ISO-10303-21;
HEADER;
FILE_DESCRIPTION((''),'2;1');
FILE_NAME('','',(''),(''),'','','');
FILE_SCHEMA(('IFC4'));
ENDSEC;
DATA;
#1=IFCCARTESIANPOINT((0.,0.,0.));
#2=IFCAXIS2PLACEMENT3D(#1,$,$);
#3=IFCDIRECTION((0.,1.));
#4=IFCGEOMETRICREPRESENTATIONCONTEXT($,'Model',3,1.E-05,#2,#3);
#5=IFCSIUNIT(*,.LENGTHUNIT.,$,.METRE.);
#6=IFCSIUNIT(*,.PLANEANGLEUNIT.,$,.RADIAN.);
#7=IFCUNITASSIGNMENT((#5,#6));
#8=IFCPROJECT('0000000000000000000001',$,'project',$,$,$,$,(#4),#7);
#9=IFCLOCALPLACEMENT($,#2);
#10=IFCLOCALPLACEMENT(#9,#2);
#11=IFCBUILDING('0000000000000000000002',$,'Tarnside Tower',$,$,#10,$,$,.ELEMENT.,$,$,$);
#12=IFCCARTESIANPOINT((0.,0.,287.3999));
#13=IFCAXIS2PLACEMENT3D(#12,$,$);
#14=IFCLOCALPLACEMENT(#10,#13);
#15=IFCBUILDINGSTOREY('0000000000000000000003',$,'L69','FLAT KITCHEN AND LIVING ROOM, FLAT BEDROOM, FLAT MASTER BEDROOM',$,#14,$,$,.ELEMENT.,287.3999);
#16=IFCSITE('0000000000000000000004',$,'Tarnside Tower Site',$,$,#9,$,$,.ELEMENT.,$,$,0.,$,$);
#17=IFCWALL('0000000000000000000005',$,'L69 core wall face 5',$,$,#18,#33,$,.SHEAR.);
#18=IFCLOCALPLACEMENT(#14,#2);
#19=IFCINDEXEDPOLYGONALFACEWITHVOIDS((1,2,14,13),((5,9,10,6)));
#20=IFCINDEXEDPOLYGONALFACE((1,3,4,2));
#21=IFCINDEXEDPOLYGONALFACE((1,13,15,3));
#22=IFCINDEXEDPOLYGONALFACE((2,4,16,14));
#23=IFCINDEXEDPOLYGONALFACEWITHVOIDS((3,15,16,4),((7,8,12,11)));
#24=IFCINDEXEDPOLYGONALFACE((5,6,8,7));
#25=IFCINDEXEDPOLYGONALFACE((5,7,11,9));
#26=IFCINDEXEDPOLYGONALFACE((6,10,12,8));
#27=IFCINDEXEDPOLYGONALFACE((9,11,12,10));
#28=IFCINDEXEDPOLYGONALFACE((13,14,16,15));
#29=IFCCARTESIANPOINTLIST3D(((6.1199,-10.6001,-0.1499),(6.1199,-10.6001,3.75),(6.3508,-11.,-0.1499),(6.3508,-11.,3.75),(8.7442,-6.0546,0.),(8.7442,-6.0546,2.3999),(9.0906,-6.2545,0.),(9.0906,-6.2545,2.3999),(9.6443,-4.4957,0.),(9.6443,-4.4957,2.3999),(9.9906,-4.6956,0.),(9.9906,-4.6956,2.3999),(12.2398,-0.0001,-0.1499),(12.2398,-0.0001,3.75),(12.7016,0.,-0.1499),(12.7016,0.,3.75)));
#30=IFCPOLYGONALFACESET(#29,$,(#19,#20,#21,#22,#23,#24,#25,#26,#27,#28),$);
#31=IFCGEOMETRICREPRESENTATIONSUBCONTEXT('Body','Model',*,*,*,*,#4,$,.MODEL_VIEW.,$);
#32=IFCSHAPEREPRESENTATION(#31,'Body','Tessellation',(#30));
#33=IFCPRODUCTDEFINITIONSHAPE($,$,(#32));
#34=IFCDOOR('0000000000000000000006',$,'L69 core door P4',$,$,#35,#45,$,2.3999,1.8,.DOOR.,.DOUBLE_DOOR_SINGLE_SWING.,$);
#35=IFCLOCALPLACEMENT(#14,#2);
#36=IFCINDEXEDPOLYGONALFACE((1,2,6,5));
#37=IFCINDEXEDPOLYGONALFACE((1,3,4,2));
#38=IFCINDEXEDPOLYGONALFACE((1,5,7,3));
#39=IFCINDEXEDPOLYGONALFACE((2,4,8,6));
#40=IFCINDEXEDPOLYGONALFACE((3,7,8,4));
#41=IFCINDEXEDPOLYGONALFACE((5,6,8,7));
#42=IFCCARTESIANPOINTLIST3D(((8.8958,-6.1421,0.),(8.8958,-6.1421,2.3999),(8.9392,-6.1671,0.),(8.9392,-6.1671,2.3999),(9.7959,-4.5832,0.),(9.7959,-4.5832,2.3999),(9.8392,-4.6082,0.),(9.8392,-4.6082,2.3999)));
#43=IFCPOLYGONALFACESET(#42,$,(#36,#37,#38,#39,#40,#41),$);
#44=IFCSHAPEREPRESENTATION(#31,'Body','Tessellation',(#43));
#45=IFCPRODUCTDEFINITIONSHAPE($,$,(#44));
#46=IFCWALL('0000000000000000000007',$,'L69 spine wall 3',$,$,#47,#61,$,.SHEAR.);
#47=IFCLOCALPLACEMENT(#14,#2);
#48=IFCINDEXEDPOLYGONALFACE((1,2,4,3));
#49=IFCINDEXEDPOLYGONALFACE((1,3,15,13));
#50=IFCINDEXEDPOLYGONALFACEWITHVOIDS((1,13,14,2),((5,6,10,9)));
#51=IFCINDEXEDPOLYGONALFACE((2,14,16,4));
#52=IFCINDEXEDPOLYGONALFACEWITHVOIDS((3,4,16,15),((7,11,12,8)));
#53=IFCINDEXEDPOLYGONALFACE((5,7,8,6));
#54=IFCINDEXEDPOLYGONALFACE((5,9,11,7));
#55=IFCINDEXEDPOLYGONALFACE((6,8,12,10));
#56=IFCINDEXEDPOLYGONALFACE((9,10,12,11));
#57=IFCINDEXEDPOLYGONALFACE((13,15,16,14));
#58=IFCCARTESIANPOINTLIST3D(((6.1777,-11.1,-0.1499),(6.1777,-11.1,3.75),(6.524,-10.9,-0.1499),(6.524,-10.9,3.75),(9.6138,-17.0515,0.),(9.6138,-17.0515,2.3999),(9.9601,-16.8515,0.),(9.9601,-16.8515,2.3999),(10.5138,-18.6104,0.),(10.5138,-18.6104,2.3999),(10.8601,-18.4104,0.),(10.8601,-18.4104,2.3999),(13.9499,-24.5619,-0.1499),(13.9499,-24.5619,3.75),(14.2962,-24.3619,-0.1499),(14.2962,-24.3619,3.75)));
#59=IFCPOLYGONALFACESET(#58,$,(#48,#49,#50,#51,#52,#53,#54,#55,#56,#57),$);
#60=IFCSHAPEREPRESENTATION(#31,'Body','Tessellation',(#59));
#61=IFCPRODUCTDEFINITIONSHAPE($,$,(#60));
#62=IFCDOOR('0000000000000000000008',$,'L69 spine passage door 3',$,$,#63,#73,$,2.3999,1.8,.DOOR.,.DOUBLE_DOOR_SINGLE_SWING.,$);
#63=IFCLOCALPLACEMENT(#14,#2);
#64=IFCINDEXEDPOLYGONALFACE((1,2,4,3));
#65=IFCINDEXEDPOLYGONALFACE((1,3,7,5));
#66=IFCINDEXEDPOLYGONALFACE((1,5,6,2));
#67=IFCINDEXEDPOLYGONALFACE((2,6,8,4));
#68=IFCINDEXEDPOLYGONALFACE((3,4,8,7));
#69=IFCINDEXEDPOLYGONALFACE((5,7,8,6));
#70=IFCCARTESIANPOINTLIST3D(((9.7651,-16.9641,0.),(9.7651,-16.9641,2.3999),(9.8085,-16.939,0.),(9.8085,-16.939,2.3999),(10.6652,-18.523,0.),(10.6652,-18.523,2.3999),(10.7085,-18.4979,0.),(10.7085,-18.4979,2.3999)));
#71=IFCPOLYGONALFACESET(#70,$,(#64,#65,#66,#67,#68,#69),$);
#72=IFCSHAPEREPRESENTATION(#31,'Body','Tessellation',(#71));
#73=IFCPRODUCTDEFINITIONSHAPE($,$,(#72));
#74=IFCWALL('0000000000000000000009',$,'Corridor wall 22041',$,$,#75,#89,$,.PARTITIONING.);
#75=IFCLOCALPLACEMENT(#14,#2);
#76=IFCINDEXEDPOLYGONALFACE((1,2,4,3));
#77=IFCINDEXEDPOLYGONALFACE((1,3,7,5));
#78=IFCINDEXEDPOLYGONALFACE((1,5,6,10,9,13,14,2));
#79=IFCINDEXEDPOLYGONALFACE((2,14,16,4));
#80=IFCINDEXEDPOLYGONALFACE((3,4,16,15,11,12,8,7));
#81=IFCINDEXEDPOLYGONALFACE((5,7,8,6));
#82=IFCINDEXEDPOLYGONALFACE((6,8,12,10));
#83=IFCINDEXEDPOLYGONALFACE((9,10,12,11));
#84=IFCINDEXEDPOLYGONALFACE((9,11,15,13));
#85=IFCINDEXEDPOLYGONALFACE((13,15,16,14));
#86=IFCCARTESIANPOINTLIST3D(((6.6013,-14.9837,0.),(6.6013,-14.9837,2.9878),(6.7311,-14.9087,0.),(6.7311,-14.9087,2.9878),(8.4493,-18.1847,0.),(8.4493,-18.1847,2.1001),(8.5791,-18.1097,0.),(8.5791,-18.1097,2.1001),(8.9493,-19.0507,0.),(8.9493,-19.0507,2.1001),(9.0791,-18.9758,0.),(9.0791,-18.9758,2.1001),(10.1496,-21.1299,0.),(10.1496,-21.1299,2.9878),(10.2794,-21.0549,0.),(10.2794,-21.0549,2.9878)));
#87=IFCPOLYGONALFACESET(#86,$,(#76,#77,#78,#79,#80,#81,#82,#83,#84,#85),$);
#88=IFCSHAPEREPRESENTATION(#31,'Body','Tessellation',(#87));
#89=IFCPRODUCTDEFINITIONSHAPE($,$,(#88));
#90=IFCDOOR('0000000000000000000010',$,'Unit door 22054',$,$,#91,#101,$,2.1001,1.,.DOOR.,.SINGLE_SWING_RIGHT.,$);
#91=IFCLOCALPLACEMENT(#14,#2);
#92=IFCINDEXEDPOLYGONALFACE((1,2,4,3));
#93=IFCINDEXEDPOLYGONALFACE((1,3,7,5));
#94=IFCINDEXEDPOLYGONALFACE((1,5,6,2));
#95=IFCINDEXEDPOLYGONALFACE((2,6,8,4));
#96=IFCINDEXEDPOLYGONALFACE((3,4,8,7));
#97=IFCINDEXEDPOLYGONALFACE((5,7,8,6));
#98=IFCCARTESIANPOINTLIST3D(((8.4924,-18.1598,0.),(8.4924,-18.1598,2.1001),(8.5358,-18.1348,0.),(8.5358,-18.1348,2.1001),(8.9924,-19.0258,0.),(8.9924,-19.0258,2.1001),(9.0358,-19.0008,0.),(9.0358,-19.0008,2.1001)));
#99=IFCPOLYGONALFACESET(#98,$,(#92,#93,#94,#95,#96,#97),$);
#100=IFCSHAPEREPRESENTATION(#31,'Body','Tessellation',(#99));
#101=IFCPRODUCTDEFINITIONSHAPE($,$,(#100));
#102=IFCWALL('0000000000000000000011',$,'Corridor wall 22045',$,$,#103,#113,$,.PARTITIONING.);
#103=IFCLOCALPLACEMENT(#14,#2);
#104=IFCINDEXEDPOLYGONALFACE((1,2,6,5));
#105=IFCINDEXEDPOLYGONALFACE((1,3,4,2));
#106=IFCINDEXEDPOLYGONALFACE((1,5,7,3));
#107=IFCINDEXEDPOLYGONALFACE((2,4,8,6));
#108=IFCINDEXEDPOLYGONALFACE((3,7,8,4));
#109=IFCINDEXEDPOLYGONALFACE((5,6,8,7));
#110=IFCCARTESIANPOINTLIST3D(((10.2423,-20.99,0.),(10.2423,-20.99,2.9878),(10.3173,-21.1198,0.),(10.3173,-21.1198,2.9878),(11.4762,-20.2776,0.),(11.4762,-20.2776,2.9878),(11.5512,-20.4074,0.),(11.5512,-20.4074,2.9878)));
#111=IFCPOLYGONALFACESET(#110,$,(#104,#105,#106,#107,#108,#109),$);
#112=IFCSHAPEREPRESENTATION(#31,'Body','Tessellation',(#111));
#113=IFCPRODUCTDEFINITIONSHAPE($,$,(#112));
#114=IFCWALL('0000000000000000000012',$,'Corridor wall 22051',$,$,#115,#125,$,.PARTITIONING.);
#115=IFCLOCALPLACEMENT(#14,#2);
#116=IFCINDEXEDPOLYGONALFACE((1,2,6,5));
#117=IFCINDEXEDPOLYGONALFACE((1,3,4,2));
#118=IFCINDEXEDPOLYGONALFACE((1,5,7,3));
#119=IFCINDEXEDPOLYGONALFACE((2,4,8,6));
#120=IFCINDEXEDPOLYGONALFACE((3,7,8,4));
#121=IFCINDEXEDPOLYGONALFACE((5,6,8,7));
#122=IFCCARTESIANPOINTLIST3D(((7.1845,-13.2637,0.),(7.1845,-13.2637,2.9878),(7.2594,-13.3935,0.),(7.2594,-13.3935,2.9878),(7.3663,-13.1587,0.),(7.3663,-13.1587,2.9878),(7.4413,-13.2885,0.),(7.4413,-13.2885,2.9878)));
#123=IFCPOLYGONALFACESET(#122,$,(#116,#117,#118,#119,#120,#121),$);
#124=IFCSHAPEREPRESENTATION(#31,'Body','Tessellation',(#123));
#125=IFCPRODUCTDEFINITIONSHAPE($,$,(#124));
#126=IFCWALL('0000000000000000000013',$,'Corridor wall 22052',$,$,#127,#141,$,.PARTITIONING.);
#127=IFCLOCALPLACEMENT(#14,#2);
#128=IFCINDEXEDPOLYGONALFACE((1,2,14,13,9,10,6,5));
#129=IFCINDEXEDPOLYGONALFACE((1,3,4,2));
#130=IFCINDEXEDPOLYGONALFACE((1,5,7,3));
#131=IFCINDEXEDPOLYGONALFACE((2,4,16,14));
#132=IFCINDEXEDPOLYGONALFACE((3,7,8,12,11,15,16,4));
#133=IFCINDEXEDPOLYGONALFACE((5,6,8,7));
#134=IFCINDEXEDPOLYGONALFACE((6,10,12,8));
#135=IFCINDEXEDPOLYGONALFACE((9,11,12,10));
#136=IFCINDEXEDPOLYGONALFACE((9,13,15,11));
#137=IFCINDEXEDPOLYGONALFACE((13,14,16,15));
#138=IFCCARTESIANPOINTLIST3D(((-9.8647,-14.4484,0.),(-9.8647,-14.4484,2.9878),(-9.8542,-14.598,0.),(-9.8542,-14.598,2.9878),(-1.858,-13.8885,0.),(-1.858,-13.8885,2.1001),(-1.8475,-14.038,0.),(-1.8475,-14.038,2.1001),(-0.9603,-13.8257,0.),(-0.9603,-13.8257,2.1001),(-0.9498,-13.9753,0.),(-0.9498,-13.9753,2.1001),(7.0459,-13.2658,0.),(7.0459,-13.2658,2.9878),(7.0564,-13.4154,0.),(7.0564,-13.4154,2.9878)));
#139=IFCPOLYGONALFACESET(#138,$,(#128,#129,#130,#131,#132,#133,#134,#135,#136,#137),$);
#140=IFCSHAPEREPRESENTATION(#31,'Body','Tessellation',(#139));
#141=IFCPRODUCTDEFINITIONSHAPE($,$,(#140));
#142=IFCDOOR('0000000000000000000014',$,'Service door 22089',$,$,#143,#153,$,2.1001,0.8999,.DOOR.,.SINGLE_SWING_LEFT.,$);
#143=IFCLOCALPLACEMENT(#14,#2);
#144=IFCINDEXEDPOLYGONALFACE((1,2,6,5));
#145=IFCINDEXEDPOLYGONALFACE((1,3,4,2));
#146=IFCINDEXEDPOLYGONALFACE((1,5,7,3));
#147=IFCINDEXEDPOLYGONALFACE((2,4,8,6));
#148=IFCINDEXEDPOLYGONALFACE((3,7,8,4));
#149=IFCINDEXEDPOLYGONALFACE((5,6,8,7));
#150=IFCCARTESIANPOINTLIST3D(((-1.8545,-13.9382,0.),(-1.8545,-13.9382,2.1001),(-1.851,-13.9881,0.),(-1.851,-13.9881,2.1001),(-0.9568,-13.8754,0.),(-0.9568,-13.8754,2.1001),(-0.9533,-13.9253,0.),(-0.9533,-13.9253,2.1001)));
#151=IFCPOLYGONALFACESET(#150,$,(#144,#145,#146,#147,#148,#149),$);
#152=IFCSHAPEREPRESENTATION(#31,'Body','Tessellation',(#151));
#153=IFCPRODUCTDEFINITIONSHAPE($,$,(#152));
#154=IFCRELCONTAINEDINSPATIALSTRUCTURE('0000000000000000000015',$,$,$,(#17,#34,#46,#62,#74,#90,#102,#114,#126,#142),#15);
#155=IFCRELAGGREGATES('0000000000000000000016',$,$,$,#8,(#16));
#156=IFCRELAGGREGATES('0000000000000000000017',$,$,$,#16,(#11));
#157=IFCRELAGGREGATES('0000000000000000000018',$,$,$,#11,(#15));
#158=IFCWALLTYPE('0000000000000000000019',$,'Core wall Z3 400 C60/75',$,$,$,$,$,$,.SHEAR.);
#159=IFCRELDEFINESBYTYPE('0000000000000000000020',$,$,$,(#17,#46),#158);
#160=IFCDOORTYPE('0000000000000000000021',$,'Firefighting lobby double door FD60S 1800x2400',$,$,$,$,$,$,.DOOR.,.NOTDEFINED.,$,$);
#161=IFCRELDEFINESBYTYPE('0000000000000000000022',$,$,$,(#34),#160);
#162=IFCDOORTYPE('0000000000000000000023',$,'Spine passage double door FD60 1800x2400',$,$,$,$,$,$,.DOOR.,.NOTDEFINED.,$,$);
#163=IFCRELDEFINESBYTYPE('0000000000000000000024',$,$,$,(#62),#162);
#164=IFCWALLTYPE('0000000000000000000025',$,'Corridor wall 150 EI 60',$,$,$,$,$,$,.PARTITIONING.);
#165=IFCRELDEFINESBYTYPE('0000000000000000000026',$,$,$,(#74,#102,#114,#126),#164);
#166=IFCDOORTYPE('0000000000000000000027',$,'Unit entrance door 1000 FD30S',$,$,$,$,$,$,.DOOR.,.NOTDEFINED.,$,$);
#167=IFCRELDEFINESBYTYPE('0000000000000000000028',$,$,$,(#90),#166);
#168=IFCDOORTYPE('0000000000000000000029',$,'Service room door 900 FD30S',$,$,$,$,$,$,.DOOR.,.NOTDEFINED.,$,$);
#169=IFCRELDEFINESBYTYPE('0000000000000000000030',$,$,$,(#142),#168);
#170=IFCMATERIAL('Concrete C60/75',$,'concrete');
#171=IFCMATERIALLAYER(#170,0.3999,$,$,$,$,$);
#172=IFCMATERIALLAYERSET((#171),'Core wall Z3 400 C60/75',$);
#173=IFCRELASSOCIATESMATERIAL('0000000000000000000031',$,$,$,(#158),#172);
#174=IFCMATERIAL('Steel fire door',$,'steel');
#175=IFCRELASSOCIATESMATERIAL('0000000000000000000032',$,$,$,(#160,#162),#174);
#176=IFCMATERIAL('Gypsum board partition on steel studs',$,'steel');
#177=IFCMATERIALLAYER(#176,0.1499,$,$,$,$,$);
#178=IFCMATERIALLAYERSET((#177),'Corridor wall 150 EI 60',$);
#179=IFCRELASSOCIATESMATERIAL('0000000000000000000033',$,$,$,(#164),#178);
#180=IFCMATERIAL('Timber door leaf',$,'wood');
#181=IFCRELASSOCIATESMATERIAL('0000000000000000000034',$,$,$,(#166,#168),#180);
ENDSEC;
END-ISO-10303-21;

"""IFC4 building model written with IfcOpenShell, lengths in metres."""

from ifc_helpers import new_model, si_unit, direction, frame, frame_2d, origin, place, context, subcontext, project, spatial, polyline, rectangle, outline, extrude, material, layer, layer_set, type_object, element, fill, save


model = new_model("IFC4")

# Units and contexts
model_context = context("Model", 3, precision=1e-05, world=origin(), true_north=direction((0.0, 1.0)))
body_context = subcontext(model_context, "Body", "Model", "MODEL_VIEW")
ifc_project = project(units=[si_unit("LENGTHUNIT", "METRE"), si_unit("PLANEANGLEUNIT", "RADIAN")], contexts=[model_context])

# Site, building, storey
site_placement = place(None, origin())
site = spatial("IfcSite", under=ifc_project, at=site_placement, Name="Tarnside Tower Site", CompositionType="ELEMENT", RefElevation=0.0)
building_placement = place(site_placement, origin())
building = spatial("IfcBuilding", under=site, at=building_placement, Name="Tarnside Tower", CompositionType="ELEMENT")
storey_placement = place(building_placement, frame((0.0, 0.0, 287.3999)))
storey = spatial("IfcBuildingStorey", under=building, at=storey_placement, Name="L69", Description="FLAT KITCHEN AND LIVING ROOM, FLAT BEDROOM, FLAT MASTER BEDROOM", CompositionType="ELEMENT", Elevation=287.3999)

# Walls, openings, doors
ifc_material_1 = material(Name="Concrete C60/75", Category="concrete")
ifc_layer_1 = layer(ifc_material_1, 0.3999)
ifc_layer_set_1 = layer_set([ifc_layer_1], Name="Core wall Z3 400 C60/75")
wall_type_1 = type_object("IfcWallType", Name="Core wall Z3 400 C60/75", PredefinedType="SHEAR", material=ifc_layer_set_1)
wall_1_placement = place(storey_placement, frame((6.2354, -10.8, -0.1499), z_axis=(0.0, 0.0, 1.0), x_axis=(0.499996, 0.866027, 0.0)))
wall_1 = element("IfcWall", 1, at=wall_1_placement, inside=storey, type_object=wall_type_1, Name="L69 core wall face 5", PredefinedType="SHEAR", context=body_context, shape_type="SweptSolid", body=[
    extrude(outline(polyline([(-0.1155, -0.2), (12.5862, -0.2), (12.3552, 0.2), (0.1155, 0.2), (-0.1155, -0.2)])), origin(), (0.0, 0.0, 1.0), 3.8999),
])
opening_1_placement = place(wall_1_placement, frame((5.3643, 0.0, 0.1499)))
opening_1 = element("IfcOpeningElement", 2, at=opening_1_placement, cuts=wall_1, PredefinedType="OPENING", context=body_context, shape_type="SweptSolid", body=[
    extrude(rectangle(XDim=1.8, YDim=2.3999, at=frame_2d((0.8999, 1.2))), frame((0.0, 0.21, 0.0), z_axis=(0.0, -1.0, 0.0), x_axis=(1.0, 0.0, 0.0)), (0.0, 0.0, 1.0), 0.4199),
])
ifc_material_2 = material(Name="Steel fire door", Category="steel")
door_type_1 = type_object("IfcDoorType", Name="Firefighting lobby double door FD60S 1800x2400", OperationType="NOTDEFINED", PredefinedType="DOOR", material=ifc_material_2)
door_1_placement = place(opening_1_placement, origin())
door_1 = element("IfcDoor", 3, at=door_1_placement, inside=storey, type_object=door_type_1, Name="L69 core door P4", OperationType="DOUBLE_DOOR_SINGLE_SWING", OverallHeight=2.3999, OverallWidth=1.8, PredefinedType="DOOR", context=body_context, shape_type="SweptSolid", body=[
    extrude(rectangle(XDim=1.8, YDim=2.3999, at=frame_2d((0.8999, 1.2))), frame((0.0, 0.0249, 0.0), z_axis=(0.0, -1.0, 0.0), x_axis=(1.0, 0.0, 0.0)), (0.0, 0.0, 1.0), 0.05),
])
fill(opening_1, door_1)
wall_2_placement = place(storey_placement, frame((6.3508, -11.0, -0.1499), z_axis=(0.0, 0.0, 1.0), x_axis=(0.499999, -0.866026, 0.0)))
wall_2 = element("IfcWall", 4, at=wall_2_placement, inside=storey, type_object=wall_type_1, Name="L69 spine wall 3", PredefinedType="SHEAR", context=body_context, shape_type="SweptSolid", body=[
    extrude(rectangle(XDim=15.5444, YDim=0.3999, at=frame_2d((7.7722, 0.0))), origin(), (0.0, 0.0, 1.0), 3.8999),
])
opening_2_placement = place(wall_2_placement, frame((6.8723, 0.0, 0.1499)))
opening_2 = element("IfcOpeningElement", 5, at=opening_2_placement, cuts=wall_2, PredefinedType="OPENING", context=body_context, shape_type="SweptSolid", body=[
    extrude(rectangle(XDim=1.8, YDim=2.3999, at=frame_2d((0.8999, 1.2))), frame((0.0, 0.21, 0.0), z_axis=(0.0, -1.0, 0.0), x_axis=(1.0, 0.0, 0.0)), (0.0, 0.0, 1.0), 0.4199),
])
door_type_2 = type_object("IfcDoorType", Name="Spine passage double door FD60 1800x2400", OperationType="NOTDEFINED", PredefinedType="DOOR", material=ifc_material_2)
door_2_placement = place(opening_2_placement, origin())
door_2 = element("IfcDoor", 6, at=door_2_placement, inside=storey, type_object=door_type_2, Name="L69 spine passage door 3", OperationType="DOUBLE_DOOR_SINGLE_SWING", OverallHeight=2.3999, OverallWidth=1.8, PredefinedType="DOOR", context=body_context, shape_type="SweptSolid", body=[
    extrude(rectangle(XDim=1.8, YDim=2.3999, at=frame_2d((0.8999, 1.2))), frame((0.0, 0.0249, 0.0), z_axis=(0.0, -1.0, 0.0), x_axis=(1.0, 0.0, 0.0)), (0.0, 0.0, 1.0), 0.05),
])
fill(opening_2, door_2)
ifc_material_3 = material(Name="Gypsum board partition on steel studs", Category="steel")
ifc_layer_2 = layer(ifc_material_3, 0.1499)
ifc_layer_set_2 = layer_set([ifc_layer_2], Name="Corridor wall 150 EI 60")
wall_type_2 = type_object("IfcWallType", Name="Corridor wall 150 EI 60", PredefinedType="PARTITIONING", material=ifc_layer_set_2)
wall_3_placement = place(storey_placement, frame((6.6663, -14.9463, 0.0), z_axis=(0.0, 0.0, 1.0), x_axis=(0.49998, -0.866037, 0.0)))
wall_3 = element("IfcWall", 7, at=wall_3_placement, inside=storey, type_object=wall_type_2, Name="Corridor wall 22041", PredefinedType="PARTITIONING", context=body_context, shape_type="SweptSolid", body=[
    extrude(rectangle(XDim=7.0969, YDim=0.1499, at=frame_2d((3.5483, 0.0))), origin(), (0.0, 0.0, 1.0), 2.9878),
])
opening_3_placement = place(wall_3_placement, frame((3.696, 0.0, 0.0)))
opening_3 = element("IfcOpeningElement", 8, at=opening_3_placement, cuts=wall_3, PredefinedType="OPENING", context=body_context, shape_type="SweptSolid", body=[
    extrude(rectangle(XDim=1.0, YDim=2.1001, at=frame_2d((0.5, 1.05))), frame((0.0, 0.085, 0.0), z_axis=(0.0, -1.0, 0.0), x_axis=(1.0, 0.0, 0.0)), (0.0, 0.0, 1.0), 0.1699),
])
ifc_material_4 = material(Name="Timber door leaf", Category="wood")
door_type_3 = type_object("IfcDoorType", Name="Unit entrance door 1000 FD30S", OperationType="NOTDEFINED", PredefinedType="DOOR", material=ifc_material_4)
door_3_placement = place(opening_3_placement, origin())
door_3 = element("IfcDoor", 9, at=door_3_placement, inside=storey, type_object=door_type_3, Name="Unit door 22054", OperationType="SINGLE_SWING_RIGHT", OverallHeight=2.1001, OverallWidth=1.0, PredefinedType="DOOR", context=body_context, shape_type="SweptSolid", body=[
    extrude(rectangle(XDim=1.0, YDim=2.1001, at=frame_2d((0.5, 1.05))), frame((0.0, 0.0249, 0.0), z_axis=(0.0, -1.0, 0.0), x_axis=(1.0, 0.0, 0.0)), (0.0, 0.0, 1.0), 0.05),
])
fill(opening_3, door_3)

# Walls
wall_4_placement = place(storey_placement, frame((10.2798, -21.0549, 0.0), z_axis=(0.0, 0.0, 1.0), x_axis=(0.86602, 0.500009, 0.0)))
element("IfcWall", 10, at=wall_4_placement, inside=storey, type_object=wall_type_2, Name="Corridor wall 22045", PredefinedType="PARTITIONING", context=body_context, shape_type="SweptSolid", body=[
    extrude(rectangle(XDim=1.4248, YDim=0.1499, at=frame_2d((0.7124, 0.0))), origin(), (0.0, 0.0, 1.0), 2.9878),
])
wall_5_placement = place(storey_placement, frame((7.4038, -13.2236, 0.0), z_axis=(0.0, 0.0, 1.0), x_axis=(-0.866089, -0.49989, 0.0)))
element("IfcWall", 11, at=wall_5_placement, inside=storey, type_object=wall_type_2, Name="Corridor wall 22051", PredefinedType="PARTITIONING", context=body_context, shape_type="SweptSolid", body=[
    extrude(rectangle(XDim=0.21, YDim=0.1499, at=frame_2d((0.105, 0.0))), origin(), (0.0, 0.0, 1.0), 2.9878),
])

# Wall, opening, door
wall_6_placement = place(storey_placement, frame((7.0513, -13.3406, 0.0), z_axis=(0.0, 0.0, 1.0), x_axis=(-0.997564, -0.069763, 0.0)))
wall_6 = element("IfcWall", 12, at=wall_6_placement, inside=storey, type_object=wall_type_2, Name="Corridor wall 22052", PredefinedType="PARTITIONING", context=body_context, shape_type="SweptSolid", body=[
    extrude(rectangle(XDim=16.9519, YDim=0.1499, at=frame_2d((8.4761, 0.0))), origin(), (0.0, 0.0, 1.0), 2.9878),
])
opening_4_placement = place(wall_6_placement, frame((8.0259, 0.0, 0.0)))
opening_4 = element("IfcOpeningElement", 13, at=opening_4_placement, cuts=wall_6, PredefinedType="OPENING", context=body_context, shape_type="SweptSolid", body=[
    extrude(rectangle(XDim=0.8999, YDim=2.1001, at=frame_2d((0.45, 1.05))), frame((0.0, 0.085, 0.0), z_axis=(0.0, -1.0, 0.0), x_axis=(1.0, 0.0, 0.0)), (0.0, 0.0, 1.0), 0.1699),
])
door_type_4 = type_object("IfcDoorType", Name="Service room door 900 FD30S", OperationType="NOTDEFINED", PredefinedType="DOOR", material=ifc_material_4)
door_4_placement = place(opening_4_placement, origin())
door_4 = element("IfcDoor", 14, at=door_4_placement, inside=storey, type_object=door_type_4, Name="Service door 22089", OperationType="SINGLE_SWING_LEFT", OverallHeight=2.1001, OverallWidth=0.8999, PredefinedType="DOOR", context=body_context, shape_type="SweptSolid", body=[
    extrude(rectangle(XDim=0.8999, YDim=2.1001, at=frame_2d((0.45, 1.05))), frame((0.0, 0.0249, 0.0), z_axis=(0.0, -1.0, 0.0), x_axis=(1.0, 0.0, 0.0)), (0.0, 0.0, 1.0), 0.05),
])
fill(opening_4, door_4)

save(model, "model.ifc")
